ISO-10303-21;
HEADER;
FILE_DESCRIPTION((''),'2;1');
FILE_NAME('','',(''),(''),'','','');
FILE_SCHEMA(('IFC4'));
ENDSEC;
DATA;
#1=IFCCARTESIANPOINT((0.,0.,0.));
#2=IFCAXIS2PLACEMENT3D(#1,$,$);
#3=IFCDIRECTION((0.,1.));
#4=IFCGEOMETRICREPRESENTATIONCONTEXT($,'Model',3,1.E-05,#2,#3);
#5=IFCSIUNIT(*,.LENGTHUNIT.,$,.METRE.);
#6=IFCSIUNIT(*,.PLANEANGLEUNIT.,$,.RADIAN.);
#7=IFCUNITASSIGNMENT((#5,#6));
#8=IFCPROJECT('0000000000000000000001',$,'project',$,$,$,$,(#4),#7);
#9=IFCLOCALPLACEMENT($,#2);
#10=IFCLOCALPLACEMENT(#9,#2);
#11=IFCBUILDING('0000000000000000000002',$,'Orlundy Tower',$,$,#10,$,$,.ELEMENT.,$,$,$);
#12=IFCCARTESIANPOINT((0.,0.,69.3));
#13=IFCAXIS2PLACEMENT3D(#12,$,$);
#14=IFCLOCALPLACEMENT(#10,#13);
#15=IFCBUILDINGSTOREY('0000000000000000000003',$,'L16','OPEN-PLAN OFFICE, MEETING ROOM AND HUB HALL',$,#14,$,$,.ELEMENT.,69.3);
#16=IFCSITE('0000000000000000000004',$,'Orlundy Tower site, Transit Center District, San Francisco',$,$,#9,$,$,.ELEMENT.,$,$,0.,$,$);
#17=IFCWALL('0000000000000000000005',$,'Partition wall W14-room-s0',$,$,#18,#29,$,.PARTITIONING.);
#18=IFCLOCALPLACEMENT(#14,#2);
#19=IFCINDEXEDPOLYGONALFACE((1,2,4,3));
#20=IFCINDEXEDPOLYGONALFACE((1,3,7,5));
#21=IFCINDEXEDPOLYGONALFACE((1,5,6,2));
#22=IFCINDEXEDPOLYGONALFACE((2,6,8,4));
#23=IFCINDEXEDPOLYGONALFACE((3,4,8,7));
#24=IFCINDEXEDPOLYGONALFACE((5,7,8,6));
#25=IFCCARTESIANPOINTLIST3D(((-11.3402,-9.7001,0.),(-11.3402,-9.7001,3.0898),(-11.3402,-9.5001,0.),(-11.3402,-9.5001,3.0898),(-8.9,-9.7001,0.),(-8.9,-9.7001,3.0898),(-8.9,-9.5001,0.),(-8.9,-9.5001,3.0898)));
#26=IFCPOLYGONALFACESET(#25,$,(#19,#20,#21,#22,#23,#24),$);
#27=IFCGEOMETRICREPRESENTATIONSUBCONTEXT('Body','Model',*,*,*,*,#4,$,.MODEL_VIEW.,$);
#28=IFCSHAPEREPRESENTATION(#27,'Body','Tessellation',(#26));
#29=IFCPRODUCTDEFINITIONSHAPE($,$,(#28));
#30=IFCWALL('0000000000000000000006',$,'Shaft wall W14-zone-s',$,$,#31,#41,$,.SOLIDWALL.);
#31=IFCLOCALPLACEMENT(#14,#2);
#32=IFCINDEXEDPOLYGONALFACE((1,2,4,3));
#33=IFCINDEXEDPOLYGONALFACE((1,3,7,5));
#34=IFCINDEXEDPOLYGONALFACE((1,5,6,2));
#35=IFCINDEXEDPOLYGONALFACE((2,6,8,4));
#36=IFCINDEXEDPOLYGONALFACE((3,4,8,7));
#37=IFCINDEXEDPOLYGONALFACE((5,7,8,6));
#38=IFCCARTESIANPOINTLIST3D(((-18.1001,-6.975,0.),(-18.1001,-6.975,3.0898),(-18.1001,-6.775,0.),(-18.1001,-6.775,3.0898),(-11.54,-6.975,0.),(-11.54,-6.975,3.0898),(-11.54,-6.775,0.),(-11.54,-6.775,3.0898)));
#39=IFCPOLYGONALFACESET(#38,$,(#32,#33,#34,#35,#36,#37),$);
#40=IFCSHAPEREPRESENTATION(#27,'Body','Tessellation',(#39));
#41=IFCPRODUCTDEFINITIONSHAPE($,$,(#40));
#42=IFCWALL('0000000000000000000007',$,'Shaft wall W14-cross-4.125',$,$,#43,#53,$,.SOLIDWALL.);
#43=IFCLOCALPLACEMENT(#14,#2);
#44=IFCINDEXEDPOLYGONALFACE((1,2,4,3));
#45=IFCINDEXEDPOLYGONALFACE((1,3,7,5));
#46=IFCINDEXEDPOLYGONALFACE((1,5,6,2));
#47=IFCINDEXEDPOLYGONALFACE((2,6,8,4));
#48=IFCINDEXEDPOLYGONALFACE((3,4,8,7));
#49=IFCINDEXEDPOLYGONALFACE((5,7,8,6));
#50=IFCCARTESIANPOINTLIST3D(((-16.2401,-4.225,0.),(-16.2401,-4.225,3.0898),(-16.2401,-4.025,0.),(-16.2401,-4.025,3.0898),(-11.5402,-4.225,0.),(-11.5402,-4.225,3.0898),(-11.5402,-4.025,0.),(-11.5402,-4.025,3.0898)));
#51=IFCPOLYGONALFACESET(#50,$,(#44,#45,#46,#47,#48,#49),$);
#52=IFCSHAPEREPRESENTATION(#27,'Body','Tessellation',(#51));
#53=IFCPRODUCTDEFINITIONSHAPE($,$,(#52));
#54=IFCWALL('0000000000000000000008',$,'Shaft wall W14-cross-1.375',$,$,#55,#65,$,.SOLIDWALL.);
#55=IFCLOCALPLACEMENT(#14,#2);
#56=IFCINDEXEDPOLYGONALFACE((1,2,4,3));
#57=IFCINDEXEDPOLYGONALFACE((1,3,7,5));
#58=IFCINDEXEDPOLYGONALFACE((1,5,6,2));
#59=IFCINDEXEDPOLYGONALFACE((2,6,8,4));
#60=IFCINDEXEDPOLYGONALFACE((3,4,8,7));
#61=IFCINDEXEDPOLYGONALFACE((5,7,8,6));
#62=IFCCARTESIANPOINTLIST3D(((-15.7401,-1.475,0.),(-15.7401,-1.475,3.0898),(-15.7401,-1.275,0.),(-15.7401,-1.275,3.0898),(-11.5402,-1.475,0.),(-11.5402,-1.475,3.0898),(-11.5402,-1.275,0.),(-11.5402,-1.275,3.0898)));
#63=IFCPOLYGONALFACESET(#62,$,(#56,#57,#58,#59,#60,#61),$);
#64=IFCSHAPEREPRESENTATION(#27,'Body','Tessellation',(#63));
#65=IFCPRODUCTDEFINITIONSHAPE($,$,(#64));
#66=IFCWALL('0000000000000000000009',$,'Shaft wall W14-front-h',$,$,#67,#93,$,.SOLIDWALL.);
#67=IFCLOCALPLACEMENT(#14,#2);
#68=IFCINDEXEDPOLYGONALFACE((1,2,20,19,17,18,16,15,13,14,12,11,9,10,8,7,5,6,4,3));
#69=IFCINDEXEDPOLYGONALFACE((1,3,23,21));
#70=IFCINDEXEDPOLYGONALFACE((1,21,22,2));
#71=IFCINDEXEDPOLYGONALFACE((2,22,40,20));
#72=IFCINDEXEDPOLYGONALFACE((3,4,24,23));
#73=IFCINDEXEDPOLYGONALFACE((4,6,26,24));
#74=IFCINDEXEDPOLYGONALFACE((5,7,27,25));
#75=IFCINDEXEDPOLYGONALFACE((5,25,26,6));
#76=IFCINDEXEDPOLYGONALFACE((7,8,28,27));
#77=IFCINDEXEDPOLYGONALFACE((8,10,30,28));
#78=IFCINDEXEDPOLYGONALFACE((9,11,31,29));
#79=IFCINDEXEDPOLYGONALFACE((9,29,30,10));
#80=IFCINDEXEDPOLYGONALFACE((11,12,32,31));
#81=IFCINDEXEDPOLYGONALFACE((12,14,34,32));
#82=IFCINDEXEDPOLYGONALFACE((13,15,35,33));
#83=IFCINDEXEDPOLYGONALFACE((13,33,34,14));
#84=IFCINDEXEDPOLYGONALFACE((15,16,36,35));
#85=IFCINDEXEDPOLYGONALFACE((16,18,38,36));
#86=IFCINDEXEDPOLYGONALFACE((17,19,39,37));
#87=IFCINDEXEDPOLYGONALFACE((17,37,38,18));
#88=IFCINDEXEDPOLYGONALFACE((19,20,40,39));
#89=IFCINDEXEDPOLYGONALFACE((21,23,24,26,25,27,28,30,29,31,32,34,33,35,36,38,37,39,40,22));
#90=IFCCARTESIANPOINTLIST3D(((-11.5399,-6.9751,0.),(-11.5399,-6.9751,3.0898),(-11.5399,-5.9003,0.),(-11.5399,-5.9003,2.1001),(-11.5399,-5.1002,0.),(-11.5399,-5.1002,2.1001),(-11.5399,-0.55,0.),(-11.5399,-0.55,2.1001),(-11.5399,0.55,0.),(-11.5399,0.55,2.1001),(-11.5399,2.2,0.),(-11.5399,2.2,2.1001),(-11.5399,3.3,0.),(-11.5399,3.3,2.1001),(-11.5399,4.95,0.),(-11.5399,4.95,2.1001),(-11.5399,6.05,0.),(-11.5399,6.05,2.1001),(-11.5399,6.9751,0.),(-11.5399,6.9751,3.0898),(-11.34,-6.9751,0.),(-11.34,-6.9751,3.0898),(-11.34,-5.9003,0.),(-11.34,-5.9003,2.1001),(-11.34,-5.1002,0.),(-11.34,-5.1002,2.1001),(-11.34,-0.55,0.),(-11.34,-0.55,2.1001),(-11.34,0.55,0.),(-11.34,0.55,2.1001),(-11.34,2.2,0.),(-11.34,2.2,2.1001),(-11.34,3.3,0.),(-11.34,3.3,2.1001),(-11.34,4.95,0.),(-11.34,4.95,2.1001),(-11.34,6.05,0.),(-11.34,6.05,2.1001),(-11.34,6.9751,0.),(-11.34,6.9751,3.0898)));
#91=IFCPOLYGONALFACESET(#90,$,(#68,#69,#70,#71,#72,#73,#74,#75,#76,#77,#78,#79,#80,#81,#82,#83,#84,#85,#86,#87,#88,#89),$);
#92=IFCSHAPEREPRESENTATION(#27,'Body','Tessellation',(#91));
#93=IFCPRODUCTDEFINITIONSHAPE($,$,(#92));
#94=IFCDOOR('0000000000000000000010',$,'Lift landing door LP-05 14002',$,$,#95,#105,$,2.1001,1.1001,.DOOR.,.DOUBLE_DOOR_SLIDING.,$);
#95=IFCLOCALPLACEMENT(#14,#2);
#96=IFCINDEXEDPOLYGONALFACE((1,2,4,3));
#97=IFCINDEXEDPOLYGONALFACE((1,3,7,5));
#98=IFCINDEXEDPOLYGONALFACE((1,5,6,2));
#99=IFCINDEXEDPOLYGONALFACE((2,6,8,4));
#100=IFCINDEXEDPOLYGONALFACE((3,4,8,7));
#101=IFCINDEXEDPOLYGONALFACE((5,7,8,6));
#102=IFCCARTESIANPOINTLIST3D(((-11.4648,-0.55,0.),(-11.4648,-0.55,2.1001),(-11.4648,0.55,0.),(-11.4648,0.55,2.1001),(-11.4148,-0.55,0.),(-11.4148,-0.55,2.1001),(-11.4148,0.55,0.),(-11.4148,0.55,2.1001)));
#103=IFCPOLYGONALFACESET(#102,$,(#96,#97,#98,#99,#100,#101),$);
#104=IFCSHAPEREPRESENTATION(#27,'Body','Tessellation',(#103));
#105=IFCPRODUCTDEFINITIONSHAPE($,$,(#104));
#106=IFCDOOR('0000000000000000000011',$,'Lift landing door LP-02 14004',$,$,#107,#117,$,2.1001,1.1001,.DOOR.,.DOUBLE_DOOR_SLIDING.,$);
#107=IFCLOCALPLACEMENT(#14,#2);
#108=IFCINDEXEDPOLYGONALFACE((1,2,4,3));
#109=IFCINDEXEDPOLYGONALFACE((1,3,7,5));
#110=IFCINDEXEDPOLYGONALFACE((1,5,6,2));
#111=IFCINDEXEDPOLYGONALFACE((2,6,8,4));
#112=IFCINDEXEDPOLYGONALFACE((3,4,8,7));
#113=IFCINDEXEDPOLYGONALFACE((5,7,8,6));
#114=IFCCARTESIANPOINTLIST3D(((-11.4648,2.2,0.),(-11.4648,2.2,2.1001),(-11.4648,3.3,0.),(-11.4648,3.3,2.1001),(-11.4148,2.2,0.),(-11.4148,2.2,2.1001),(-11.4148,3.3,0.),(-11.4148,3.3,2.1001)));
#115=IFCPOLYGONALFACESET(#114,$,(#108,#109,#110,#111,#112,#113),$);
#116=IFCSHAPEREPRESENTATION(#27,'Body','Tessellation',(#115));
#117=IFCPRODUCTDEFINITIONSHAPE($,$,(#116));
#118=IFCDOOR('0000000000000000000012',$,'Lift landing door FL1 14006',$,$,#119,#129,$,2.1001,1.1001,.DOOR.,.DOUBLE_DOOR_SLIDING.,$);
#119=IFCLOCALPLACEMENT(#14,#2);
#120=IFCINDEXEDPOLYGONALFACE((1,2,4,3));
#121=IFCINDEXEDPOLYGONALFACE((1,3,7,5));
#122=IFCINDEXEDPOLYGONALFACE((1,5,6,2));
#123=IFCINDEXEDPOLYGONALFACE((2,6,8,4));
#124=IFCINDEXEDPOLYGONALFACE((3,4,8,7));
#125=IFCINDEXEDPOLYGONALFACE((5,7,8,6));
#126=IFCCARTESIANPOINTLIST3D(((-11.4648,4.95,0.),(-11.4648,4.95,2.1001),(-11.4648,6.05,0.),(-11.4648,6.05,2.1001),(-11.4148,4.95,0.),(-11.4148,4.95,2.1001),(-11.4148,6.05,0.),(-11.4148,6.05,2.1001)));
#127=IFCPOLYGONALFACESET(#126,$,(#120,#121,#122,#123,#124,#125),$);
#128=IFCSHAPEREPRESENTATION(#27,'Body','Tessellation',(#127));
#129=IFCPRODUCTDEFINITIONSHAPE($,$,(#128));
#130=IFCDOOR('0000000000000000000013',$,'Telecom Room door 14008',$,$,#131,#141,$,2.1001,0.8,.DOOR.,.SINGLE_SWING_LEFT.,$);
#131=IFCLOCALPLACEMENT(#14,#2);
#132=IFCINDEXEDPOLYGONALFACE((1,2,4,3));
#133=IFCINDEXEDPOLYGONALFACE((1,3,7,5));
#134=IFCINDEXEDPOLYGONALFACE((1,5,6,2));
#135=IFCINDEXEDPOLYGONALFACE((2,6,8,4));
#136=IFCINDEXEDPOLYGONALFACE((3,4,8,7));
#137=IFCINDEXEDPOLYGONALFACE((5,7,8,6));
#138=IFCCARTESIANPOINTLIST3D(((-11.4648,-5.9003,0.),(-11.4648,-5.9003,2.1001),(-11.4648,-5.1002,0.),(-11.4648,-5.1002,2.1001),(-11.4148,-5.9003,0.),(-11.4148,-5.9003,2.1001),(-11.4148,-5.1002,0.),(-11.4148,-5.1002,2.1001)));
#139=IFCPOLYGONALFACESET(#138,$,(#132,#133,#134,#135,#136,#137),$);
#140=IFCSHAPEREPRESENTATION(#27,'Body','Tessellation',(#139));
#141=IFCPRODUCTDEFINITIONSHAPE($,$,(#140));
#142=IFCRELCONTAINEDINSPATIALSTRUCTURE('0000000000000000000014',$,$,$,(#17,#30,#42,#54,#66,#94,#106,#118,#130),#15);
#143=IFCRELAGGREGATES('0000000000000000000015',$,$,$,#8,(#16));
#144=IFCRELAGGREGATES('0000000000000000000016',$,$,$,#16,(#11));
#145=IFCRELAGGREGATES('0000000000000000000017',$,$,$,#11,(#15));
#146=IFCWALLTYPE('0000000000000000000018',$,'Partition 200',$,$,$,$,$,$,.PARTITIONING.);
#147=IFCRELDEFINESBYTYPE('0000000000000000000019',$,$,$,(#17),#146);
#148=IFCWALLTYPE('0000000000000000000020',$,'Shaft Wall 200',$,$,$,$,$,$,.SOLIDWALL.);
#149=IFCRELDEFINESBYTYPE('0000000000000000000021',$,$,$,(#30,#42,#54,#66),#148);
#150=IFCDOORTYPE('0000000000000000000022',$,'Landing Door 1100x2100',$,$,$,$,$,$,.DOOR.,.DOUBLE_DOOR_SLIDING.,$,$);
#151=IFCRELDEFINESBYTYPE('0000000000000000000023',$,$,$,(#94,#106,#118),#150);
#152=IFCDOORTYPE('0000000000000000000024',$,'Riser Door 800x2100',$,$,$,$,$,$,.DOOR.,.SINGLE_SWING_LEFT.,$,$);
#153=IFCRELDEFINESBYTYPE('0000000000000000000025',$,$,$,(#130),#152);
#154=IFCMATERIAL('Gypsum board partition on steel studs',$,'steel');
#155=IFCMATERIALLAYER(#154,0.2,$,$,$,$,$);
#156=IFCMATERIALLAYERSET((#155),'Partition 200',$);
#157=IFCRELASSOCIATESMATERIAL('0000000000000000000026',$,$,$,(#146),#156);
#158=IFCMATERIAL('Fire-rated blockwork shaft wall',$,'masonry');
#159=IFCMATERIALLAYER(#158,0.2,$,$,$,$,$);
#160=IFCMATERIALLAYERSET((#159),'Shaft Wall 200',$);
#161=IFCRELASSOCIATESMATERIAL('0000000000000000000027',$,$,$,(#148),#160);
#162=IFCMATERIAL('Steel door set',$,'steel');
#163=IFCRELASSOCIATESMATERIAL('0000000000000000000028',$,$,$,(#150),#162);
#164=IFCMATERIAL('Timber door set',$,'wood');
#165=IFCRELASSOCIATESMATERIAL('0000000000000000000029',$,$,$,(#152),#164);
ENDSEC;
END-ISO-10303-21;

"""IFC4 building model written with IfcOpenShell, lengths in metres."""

from ifc_helpers import new_model, si_unit, direction, frame, frame_2d, origin, place, context, subcontext, project, spatial, rectangle, extrude, material, layer, layer_set, type_object, element, fill, save


model = new_model("IFC4")

# Units and contexts
model_context = context("Model", 3, precision=1e-05, world=origin(), true_north=direction((0.0, 1.0)))
body_context = subcontext(model_context, "Body", "Model", "MODEL_VIEW")
ifc_project = project(units=[si_unit("LENGTHUNIT", "METRE"), si_unit("PLANEANGLEUNIT", "RADIAN")], contexts=[model_context])

# Site, building, storey
site_placement = place(None, origin())
site = spatial("IfcSite", under=ifc_project, at=site_placement, Name="Orlundy Tower site, Transit Center District, San Francisco", CompositionType="ELEMENT", RefElevation=0.0)
building_placement = place(site_placement, origin())
building = spatial("IfcBuilding", under=site, at=building_placement, Name="Orlundy Tower", CompositionType="ELEMENT")
storey_placement = place(building_placement, frame((0.0, 0.0, 69.3)))
storey = spatial("IfcBuildingStorey", under=building, at=storey_placement, Name="L16", Description="OPEN-PLAN OFFICE, MEETING ROOM AND HUB HALL", CompositionType="ELEMENT", Elevation=69.3)

# Shared definitions
ifc_material_1 = material(Name="Gypsum board partition on steel studs", Category="steel")
ifc_layer_1 = layer(ifc_material_1, 0.2)
ifc_layer_set_1 = layer_set([ifc_layer_1], Name="Partition 200")
wall_type_1 = type_object("IfcWallType", Name="Partition 200", PredefinedType="PARTITIONING", material=ifc_layer_set_1)

# Walls
wall_1_placement = place(storey_placement, frame((-8.8999, -9.6001, 0.0), z_axis=(0.0, 0.0, 1.0), x_axis=(-1.0, 0.0, 0.0)))
element("IfcWall", 1, at=wall_1_placement, inside=storey, type_object=wall_type_1, Name="Partition wall W14-room-s0", PredefinedType="PARTITIONING", context=body_context, shape_type="SweptSolid", body=[
    extrude(rectangle(XDim=2.4402, YDim=0.2, at=frame_2d((1.2202, 0.0))), origin(), (0.0, 0.0, 1.0), 3.0898),
])
ifc_material_2 = material(Name="Fire-rated blockwork shaft wall", Category="masonry")
ifc_layer_2 = layer(ifc_material_2, 0.2)
ifc_layer_set_2 = layer_set([ifc_layer_2], Name="Shaft Wall 200")
wall_type_2 = type_object("IfcWallType", Name="Shaft Wall 200", PredefinedType="SOLIDWALL", material=ifc_layer_set_2)
wall_2_placement = place(storey_placement, frame((-11.54, -6.875, 0.0), z_axis=(0.0, 0.0, 1.0), x_axis=(-1.0, 0.0, 0.0)))
element("IfcWall", 2, at=wall_2_placement, inside=storey, type_object=wall_type_2, Name="Shaft wall W14-zone-s", PredefinedType="SOLIDWALL", context=body_context, shape_type="SweptSolid", body=[
    extrude(rectangle(XDim=6.5601, YDim=0.2, at=frame_2d((3.28, 0.0))), origin(), (0.0, 0.0, 1.0), 3.0898),
])
wall_3_placement = place(storey_placement, frame((-11.54, -4.125, 0.0), z_axis=(0.0, 0.0, 1.0), x_axis=(-1.0, 0.0, 0.0)))
element("IfcWall", 3, at=wall_3_placement, inside=storey, type_object=wall_type_2, Name="Shaft wall W14-cross-4.125", PredefinedType="SOLIDWALL", context=body_context, shape_type="SweptSolid", body=[
    extrude(rectangle(XDim=4.7, YDim=0.2, at=frame_2d((2.3501, 0.0))), origin(), (0.0, 0.0, 1.0), 3.0898),
])
wall_4_placement = place(storey_placement, frame((-11.54, -1.375, 0.0), z_axis=(0.0, 0.0, 1.0), x_axis=(-1.0, 0.0, 0.0)))
element("IfcWall", 4, at=wall_4_placement, inside=storey, type_object=wall_type_2, Name="Shaft wall W14-cross-1.375", PredefinedType="SOLIDWALL", context=body_context, shape_type="SweptSolid", body=[
    extrude(rectangle(XDim=4.2, YDim=0.2, at=frame_2d((2.1001, 0.0))), origin(), (0.0, 0.0, 1.0), 3.0898),
])

# Wall, openings, doors
wall_5_placement = place(storey_placement, frame((-11.4399, -6.9751, 0.0), z_axis=(0.0, 0.0, 1.0), x_axis=(0.0, 1.0, 0.0)))
wall_5 = element("IfcWall", 5, at=wall_5_placement, inside=storey, type_object=wall_type_2, Name="Shaft wall W14-front-h", PredefinedType="SOLIDWALL", context=body_context, shape_type="SweptSolid", body=[
    extrude(rectangle(XDim=13.9502, YDim=0.2, at=frame_2d((6.9751, 0.0))), origin(), (0.0, 0.0, 1.0), 3.0898),
])
opening_1_placement = place(wall_5_placement, frame((6.425, 0.0, 0.0)))
opening_1 = element("IfcOpeningElement", 6, at=opening_1_placement, cuts=wall_5, PredefinedType="OPENING", context=body_context, shape_type="SweptSolid", body=[
    extrude(rectangle(XDim=1.1001, YDim=2.1001, at=frame_2d((0.55, 1.05))), frame((0.0, 0.1101, 0.0), z_axis=(0.0, -1.0, 0.0), x_axis=(1.0, 0.0, 0.0)), (0.0, 0.0, 1.0), 0.2202),
])
opening_2_placement = place(wall_5_placement, frame((9.175, 0.0, 0.0)))
opening_2 = element("IfcOpeningElement", 7, at=opening_2_placement, cuts=wall_5, PredefinedType="OPENING", context=body_context, shape_type="SweptSolid", body=[
    extrude(rectangle(XDim=1.1001, YDim=2.1001, at=frame_2d((0.55, 1.05))), frame((0.0, 0.1101, 0.0), z_axis=(0.0, -1.0, 0.0), x_axis=(1.0, 0.0, 0.0)), (0.0, 0.0, 1.0), 0.2202),
])
opening_3_placement = place(wall_5_placement, frame((11.925, 0.0, 0.0)))
opening_3 = element("IfcOpeningElement", 8, at=opening_3_placement, cuts=wall_5, PredefinedType="OPENING", context=body_context, shape_type="SweptSolid", body=[
    extrude(rectangle(XDim=1.1001, YDim=2.1001, at=frame_2d((0.55, 1.05))), frame((0.0, 0.1101, 0.0), z_axis=(0.0, -1.0, 0.0), x_axis=(1.0, 0.0, 0.0)), (0.0, 0.0, 1.0), 0.2202),
])
opening_4_placement = place(wall_5_placement, frame((1.075, 0.0, 0.0)))
opening_4 = element("IfcOpeningElement", 9, at=opening_4_placement, cuts=wall_5, PredefinedType="OPENING", context=body_context, shape_type="SweptSolid", body=[
    extrude(rectangle(XDim=0.8, YDim=2.1001, at=frame_2d((0.3999, 1.05))), frame((0.0, 0.1101, 0.0), z_axis=(0.0, -1.0, 0.0), x_axis=(1.0, 0.0, 0.0)), (0.0, 0.0, 1.0), 0.2202),
])
ifc_material_3 = material(Name="Steel door set", Category="steel")
door_type_1 = type_object("IfcDoorType", Name="Landing Door 1100x2100", OperationType="DOUBLE_DOOR_SLIDING", PredefinedType="DOOR", material=ifc_material_3)
door_1_placement = place(opening_1_placement, origin())
door_1 = element("IfcDoor", 10, at=door_1_placement, inside=storey, type_object=door_type_1, Name="Lift landing door LP-05 14002", OperationType="DOUBLE_DOOR_SLIDING", OverallHeight=2.1001, OverallWidth=1.1001, PredefinedType="DOOR", context=body_context, shape_type="SweptSolid", body=[
    extrude(rectangle(XDim=1.1001, YDim=2.1001, at=frame_2d((0.55, 1.05))), frame((0.0, 0.0249, 0.0), z_axis=(0.0, -1.0, 0.0), x_axis=(1.0, 0.0, 0.0)), (0.0, 0.0, 1.0), 0.05),
])
fill(opening_1, door_1)
door_2_placement = place(opening_2_placement, origin())
door_2 = element("IfcDoor", 11, at=door_2_placement, inside=storey, type_object=door_type_1, Name="Lift landing door LP-02 14004", OperationType="DOUBLE_DOOR_SLIDING", OverallHeight=2.1001, OverallWidth=1.1001, PredefinedType="DOOR", context=body_context, shape_type="SweptSolid", body=[
    extrude(rectangle(XDim=1.1001, YDim=2.1001, at=frame_2d((0.55, 1.05))), frame((0.0, 0.0249, 0.0), z_axis=(0.0, -1.0, 0.0), x_axis=(1.0, 0.0, 0.0)), (0.0, 0.0, 1.0), 0.05),
])
fill(opening_2, door_2)
door_3_placement = place(opening_3_placement, origin())
door_3 = element("IfcDoor", 12, at=door_3_placement, inside=storey, type_object=door_type_1, Name="Lift landing door FL1 14006", OperationType="DOUBLE_DOOR_SLIDING", OverallHeight=2.1001, OverallWidth=1.1001, PredefinedType="DOOR", context=body_context, shape_type="SweptSolid", body=[
    extrude(rectangle(XDim=1.1001, YDim=2.1001, at=frame_2d((0.55, 1.05))), frame((0.0, 0.0249, 0.0), z_axis=(0.0, -1.0, 0.0), x_axis=(1.0, 0.0, 0.0)), (0.0, 0.0, 1.0), 0.05),
])
fill(opening_3, door_3)
ifc_material_4 = material(Name="Timber door set", Category="wood")
door_type_2 = type_object("IfcDoorType", Name="Riser Door 800x2100", OperationType="SINGLE_SWING_LEFT", PredefinedType="DOOR", material=ifc_material_4)
door_4_placement = place(opening_4_placement, origin())
door_4 = element("IfcDoor", 13, at=door_4_placement, inside=storey, type_object=door_type_2, Name="Telecom Room door 14008", OperationType="SINGLE_SWING_LEFT", OverallHeight=2.1001, OverallWidth=0.8, PredefinedType="DOOR", context=body_context, shape_type="SweptSolid", body=[
    extrude(rectangle(XDim=0.8, YDim=2.1001, at=frame_2d((0.3999, 1.05))), frame((0.0, 0.0249, 0.0), z_axis=(0.0, -1.0, 0.0), x_axis=(1.0, 0.0, 0.0)), (0.0, 0.0, 1.0), 0.05),
])
fill(opening_4, door_4)

save(model, "model.ifc")
